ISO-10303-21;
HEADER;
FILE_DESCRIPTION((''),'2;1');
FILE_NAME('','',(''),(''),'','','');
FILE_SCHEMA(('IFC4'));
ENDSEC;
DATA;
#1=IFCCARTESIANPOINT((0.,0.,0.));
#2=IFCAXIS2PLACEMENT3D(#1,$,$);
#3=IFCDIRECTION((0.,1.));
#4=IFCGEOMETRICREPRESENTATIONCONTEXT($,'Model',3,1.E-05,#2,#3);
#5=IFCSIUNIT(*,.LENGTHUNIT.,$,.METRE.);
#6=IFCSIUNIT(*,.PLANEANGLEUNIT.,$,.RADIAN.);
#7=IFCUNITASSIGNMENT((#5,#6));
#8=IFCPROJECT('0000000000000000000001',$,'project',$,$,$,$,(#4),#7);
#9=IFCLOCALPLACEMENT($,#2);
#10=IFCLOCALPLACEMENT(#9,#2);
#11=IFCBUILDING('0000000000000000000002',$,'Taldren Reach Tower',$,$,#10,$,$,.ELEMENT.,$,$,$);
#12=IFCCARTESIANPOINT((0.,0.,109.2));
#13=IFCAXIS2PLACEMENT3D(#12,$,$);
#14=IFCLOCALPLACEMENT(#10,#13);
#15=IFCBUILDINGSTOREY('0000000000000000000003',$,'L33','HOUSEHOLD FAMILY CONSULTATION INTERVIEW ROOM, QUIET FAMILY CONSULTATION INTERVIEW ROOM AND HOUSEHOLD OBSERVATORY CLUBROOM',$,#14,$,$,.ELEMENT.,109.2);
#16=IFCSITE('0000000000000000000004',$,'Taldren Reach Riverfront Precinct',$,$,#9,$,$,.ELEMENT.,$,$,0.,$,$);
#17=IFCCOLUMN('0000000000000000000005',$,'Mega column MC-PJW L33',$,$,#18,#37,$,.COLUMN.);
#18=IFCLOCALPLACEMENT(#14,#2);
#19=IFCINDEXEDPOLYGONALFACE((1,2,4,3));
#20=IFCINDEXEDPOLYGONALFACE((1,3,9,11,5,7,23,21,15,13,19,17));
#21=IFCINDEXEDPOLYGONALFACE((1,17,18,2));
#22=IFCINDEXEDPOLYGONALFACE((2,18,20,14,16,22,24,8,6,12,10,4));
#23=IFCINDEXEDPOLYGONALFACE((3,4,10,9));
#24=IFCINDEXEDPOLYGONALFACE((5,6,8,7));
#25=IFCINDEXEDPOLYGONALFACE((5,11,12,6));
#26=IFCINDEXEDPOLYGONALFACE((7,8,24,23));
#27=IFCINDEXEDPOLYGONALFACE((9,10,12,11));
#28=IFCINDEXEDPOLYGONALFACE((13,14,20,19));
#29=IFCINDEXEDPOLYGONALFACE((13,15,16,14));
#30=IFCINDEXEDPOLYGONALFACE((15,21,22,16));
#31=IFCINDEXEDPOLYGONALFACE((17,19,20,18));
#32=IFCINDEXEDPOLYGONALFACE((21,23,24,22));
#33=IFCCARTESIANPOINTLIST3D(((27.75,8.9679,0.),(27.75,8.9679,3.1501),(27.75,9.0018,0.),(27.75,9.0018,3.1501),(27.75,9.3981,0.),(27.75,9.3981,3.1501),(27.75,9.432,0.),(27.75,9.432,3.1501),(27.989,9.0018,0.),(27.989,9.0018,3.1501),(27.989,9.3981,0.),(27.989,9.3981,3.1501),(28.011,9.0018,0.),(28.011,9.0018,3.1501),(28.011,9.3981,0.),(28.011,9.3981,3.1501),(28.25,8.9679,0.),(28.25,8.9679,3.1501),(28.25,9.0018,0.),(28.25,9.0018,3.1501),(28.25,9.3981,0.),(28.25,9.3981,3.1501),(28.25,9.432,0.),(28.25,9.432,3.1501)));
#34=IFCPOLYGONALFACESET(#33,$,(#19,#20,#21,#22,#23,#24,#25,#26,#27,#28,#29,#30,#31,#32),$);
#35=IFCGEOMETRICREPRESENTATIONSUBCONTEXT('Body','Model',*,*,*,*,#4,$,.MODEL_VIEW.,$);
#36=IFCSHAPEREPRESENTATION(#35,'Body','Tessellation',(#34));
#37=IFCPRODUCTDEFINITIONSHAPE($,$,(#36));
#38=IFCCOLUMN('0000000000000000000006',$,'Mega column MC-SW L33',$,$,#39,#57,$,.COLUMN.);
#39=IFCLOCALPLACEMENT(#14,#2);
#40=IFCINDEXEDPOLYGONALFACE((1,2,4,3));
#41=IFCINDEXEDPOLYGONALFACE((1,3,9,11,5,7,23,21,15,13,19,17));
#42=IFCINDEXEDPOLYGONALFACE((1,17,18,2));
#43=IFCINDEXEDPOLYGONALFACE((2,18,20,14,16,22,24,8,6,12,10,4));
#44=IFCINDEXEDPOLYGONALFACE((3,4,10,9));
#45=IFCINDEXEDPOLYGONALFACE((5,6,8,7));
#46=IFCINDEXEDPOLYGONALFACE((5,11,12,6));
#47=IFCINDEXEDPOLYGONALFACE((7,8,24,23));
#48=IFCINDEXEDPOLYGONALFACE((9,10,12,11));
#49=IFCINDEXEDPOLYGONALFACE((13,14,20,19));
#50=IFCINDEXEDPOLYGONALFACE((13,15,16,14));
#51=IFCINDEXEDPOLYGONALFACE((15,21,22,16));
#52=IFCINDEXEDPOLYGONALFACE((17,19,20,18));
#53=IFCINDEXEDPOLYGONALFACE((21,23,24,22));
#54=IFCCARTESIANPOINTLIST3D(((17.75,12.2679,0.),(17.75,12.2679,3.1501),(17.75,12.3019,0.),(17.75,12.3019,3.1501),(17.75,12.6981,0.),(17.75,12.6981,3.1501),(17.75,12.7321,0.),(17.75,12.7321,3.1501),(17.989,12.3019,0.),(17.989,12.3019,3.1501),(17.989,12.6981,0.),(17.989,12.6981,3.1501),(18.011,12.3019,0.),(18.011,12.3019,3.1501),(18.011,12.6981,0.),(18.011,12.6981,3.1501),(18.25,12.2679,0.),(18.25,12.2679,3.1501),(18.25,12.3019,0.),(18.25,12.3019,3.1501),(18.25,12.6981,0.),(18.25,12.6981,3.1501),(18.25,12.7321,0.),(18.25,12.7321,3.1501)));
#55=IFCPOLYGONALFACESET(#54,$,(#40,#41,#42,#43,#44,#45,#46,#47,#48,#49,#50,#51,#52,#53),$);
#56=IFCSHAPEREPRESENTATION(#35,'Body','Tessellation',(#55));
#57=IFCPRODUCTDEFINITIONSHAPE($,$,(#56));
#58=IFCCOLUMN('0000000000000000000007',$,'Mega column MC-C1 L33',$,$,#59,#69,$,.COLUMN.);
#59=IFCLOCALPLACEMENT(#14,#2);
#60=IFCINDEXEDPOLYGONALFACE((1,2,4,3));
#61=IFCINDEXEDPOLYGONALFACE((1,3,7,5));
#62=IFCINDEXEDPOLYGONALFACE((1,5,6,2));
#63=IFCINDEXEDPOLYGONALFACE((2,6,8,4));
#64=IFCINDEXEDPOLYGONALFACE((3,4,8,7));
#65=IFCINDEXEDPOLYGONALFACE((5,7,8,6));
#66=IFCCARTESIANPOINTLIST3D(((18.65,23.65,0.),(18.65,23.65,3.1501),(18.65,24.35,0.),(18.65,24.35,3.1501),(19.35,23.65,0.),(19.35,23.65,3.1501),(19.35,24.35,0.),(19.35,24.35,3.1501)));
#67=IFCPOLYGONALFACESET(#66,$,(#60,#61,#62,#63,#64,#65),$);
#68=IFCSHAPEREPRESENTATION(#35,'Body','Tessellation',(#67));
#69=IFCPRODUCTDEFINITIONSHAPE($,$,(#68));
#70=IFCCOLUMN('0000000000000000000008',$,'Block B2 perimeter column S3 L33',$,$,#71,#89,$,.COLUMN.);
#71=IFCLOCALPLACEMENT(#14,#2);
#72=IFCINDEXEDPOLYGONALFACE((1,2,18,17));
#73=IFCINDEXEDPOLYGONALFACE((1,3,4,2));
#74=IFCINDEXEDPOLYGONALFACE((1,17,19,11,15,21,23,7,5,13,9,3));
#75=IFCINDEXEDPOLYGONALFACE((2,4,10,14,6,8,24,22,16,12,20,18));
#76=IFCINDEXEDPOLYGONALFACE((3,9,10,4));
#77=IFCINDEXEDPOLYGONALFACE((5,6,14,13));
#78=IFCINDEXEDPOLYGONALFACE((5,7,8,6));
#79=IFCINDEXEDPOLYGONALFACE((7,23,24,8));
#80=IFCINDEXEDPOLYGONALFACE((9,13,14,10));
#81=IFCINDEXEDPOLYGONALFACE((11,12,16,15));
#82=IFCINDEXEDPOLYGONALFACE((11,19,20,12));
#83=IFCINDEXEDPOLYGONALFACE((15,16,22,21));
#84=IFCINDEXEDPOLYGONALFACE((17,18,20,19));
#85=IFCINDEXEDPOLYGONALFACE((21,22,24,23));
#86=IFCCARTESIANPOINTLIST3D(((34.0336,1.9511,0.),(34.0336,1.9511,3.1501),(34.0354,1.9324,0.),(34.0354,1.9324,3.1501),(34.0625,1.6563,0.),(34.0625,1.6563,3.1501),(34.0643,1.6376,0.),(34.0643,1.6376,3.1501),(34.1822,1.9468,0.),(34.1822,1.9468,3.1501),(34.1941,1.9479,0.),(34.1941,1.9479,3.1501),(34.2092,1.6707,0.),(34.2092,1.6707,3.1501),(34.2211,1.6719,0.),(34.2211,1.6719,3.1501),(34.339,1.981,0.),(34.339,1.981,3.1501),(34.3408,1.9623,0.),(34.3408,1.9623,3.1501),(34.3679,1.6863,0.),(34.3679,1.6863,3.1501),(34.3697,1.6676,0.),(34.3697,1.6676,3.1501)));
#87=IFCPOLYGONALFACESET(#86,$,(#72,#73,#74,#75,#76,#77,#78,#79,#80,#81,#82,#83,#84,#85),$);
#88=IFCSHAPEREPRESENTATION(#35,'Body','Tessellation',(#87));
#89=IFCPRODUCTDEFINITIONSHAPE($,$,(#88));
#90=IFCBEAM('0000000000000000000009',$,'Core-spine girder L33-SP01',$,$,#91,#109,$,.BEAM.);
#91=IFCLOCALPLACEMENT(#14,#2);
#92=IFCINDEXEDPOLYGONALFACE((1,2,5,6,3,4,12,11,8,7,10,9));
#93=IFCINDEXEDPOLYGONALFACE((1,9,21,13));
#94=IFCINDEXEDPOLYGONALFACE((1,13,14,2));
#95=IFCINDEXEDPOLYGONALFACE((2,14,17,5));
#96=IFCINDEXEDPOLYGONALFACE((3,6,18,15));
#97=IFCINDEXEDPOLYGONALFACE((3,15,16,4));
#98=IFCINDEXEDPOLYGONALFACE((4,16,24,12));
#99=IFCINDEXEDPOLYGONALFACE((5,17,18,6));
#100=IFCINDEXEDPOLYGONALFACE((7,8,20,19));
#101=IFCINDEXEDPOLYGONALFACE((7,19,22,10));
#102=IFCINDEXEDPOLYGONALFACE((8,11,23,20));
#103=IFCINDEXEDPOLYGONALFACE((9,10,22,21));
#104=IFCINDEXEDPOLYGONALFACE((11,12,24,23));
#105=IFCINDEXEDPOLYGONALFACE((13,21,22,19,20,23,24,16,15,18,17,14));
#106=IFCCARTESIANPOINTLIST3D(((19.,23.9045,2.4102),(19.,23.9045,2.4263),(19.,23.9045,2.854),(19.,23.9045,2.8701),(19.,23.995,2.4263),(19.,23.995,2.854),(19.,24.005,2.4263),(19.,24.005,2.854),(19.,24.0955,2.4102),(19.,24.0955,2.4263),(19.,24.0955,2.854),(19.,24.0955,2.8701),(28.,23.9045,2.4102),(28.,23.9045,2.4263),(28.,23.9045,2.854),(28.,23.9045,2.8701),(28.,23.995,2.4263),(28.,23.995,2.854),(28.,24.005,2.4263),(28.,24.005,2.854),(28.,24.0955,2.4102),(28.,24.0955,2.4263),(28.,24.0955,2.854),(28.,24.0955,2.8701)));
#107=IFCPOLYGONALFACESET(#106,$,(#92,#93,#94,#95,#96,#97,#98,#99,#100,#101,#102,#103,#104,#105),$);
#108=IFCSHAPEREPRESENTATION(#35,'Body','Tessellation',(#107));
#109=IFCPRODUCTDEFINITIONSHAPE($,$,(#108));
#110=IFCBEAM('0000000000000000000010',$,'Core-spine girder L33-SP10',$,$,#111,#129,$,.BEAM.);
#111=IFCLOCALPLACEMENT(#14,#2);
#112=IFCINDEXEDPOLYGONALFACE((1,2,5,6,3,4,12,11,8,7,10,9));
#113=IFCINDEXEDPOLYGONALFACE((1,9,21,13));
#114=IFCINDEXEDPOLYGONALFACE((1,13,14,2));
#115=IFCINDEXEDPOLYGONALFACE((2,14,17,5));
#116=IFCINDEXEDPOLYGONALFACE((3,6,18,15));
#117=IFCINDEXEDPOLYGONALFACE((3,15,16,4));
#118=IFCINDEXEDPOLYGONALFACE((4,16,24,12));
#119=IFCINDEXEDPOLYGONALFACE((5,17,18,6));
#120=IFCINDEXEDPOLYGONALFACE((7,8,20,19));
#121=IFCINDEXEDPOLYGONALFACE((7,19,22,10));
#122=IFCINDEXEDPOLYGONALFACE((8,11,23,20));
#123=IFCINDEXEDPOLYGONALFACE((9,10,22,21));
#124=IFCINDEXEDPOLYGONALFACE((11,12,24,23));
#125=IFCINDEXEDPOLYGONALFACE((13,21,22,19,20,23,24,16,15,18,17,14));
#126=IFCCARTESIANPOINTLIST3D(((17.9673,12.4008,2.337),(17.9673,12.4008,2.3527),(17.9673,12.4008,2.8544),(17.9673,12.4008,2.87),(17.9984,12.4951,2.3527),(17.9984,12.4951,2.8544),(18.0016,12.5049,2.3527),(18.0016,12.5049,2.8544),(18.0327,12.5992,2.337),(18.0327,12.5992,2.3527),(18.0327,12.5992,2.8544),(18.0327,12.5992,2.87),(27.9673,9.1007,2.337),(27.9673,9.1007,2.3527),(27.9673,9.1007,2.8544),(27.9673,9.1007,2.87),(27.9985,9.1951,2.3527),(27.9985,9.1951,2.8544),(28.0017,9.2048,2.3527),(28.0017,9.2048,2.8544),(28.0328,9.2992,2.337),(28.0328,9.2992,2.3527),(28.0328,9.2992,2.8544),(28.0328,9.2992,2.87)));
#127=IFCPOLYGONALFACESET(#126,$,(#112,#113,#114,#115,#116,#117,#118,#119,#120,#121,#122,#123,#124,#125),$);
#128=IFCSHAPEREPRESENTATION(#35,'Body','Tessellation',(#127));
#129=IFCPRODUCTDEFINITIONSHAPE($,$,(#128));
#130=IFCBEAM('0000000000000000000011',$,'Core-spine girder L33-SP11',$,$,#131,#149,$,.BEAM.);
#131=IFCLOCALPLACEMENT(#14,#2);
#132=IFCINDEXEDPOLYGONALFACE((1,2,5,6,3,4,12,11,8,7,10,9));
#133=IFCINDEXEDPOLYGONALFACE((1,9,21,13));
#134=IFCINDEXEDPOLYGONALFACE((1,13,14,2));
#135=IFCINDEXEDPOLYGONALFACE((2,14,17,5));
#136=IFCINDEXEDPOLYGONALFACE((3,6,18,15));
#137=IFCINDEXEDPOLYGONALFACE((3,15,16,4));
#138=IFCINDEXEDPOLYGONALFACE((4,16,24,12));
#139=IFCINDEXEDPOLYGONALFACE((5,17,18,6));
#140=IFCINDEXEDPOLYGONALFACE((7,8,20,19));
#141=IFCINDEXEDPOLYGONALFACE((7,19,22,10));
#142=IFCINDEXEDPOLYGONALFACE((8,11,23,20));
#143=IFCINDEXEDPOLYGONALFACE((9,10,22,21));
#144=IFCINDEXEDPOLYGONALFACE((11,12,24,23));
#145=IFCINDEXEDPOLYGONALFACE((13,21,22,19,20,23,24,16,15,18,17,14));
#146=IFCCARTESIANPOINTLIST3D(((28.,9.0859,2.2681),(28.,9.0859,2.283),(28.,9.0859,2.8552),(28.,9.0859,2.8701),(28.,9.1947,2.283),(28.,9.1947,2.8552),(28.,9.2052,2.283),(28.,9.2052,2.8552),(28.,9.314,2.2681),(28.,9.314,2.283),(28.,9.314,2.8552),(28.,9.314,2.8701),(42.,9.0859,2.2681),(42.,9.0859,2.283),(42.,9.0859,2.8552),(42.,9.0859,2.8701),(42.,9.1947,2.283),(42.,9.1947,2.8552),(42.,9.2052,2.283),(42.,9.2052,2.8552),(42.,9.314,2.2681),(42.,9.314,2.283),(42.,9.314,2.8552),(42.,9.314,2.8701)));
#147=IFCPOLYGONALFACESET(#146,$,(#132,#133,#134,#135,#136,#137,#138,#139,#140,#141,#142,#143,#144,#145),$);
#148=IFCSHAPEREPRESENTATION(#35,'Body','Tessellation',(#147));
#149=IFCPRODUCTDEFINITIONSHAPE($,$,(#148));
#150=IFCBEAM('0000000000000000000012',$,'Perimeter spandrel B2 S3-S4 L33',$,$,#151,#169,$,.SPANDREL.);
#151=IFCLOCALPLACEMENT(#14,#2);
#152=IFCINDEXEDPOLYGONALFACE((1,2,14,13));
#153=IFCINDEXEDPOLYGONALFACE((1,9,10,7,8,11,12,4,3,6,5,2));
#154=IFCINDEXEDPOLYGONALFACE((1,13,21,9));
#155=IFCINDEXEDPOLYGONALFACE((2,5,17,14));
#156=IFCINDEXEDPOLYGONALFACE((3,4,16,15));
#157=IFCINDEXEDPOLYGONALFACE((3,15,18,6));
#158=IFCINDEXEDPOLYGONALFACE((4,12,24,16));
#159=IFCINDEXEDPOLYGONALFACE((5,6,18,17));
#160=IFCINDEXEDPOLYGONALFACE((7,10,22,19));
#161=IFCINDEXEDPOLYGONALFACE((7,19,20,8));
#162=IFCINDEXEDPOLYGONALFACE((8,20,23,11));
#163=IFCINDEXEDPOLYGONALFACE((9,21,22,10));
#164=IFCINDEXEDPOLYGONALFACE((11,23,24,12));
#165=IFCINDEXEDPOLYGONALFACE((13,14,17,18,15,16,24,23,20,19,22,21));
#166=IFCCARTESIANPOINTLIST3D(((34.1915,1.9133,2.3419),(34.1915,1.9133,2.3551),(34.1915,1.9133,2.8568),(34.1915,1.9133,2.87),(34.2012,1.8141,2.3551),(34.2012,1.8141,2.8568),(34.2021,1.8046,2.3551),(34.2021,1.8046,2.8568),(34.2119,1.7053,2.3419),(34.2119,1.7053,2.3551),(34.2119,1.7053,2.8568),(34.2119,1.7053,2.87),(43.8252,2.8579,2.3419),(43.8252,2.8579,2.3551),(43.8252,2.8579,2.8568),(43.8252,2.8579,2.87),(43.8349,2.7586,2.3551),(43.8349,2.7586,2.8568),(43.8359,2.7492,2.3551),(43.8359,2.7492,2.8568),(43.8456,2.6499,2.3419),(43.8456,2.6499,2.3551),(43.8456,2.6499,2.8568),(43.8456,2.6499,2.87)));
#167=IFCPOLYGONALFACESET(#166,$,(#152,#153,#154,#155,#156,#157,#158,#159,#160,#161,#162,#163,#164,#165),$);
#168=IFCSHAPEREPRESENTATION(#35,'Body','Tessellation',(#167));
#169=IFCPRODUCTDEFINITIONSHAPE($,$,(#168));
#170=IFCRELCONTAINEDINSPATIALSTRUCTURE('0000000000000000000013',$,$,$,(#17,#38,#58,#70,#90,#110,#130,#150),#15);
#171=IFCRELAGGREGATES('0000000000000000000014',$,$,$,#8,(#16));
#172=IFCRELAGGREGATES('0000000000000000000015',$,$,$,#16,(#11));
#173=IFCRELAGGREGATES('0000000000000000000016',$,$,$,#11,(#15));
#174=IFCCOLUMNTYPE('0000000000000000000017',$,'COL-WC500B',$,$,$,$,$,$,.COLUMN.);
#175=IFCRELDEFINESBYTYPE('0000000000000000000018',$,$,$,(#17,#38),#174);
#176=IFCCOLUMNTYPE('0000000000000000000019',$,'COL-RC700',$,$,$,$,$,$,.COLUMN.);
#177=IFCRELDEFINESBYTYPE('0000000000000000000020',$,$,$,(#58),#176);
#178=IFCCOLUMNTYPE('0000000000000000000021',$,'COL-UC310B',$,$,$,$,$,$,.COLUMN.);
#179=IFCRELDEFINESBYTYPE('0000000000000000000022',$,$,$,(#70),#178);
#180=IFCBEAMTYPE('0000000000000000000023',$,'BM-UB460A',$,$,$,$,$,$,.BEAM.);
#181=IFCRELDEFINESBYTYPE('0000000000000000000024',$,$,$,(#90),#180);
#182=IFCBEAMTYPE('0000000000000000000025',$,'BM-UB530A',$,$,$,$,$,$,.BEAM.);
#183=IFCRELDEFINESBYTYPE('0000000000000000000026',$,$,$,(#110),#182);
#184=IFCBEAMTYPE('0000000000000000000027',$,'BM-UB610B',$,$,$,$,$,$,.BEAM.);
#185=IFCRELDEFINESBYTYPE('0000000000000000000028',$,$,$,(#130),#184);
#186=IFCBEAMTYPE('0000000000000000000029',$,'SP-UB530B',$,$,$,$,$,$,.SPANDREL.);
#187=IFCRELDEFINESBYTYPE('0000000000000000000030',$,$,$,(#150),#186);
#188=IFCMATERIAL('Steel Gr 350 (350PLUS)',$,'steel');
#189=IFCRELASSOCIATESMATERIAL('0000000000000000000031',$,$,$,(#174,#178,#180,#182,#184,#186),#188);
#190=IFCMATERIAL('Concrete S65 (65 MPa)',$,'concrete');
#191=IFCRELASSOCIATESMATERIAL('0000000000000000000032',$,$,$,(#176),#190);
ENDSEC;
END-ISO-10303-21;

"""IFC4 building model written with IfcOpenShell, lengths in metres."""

from ifc_helpers import new_model, si_unit, direction, frame, origin, origin_2d, place, context, subcontext, project, spatial, rectangle, i_section, extrude, source, transform, mapped, material, material_profile, profile_set, type_object, element, save


model = new_model("IFC4")

# Units and contexts
model_context = context("Model", 3, precision=1e-05, world=origin(), true_north=direction((0.0, 1.0)))
body_context = subcontext(model_context, "Body", "Model", "MODEL_VIEW")
ifc_project = project(units=[si_unit("LENGTHUNIT", "METRE"), si_unit("PLANEANGLEUNIT", "RADIAN")], contexts=[model_context])

# Site, building, storey
site_placement = place(None, origin())
site = spatial("IfcSite", under=ifc_project, at=site_placement, Name="Taldren Reach Riverfront Precinct", CompositionType="ELEMENT", RefElevation=0.0)
building_placement = place(site_placement, origin())
building = spatial("IfcBuilding", under=site, at=building_placement, Name="Taldren Reach Tower", CompositionType="ELEMENT")
storey_placement = place(building_placement, frame((0.0, 0.0, 109.2)))
storey = spatial("IfcBuildingStorey", under=building, at=storey_placement, Name="L33", Description="HOUSEHOLD FAMILY CONSULTATION INTERVIEW ROOM, QUIET FAMILY CONSULTATION INTERVIEW ROOM AND HOUSEHOLD OBSERVATORY CLUBROOM", CompositionType="ELEMENT", Elevation=109.2)

# Columns
ifc_material_1 = material(Name="Steel Gr 350 (350PLUS)", Category="steel")
ifc_material_profile_1 = material_profile(ifc_material_1, i_section(OverallWidth=0.5, OverallDepth=0.4641, WebThickness=0.022, FlangeThickness=0.0339, at=origin_2d()), Name="500WC340")
ifc_profile_set_1 = profile_set([ifc_material_profile_1], Name="Steel Gr 350 (350PLUS)")
column_type_1 = type_object("IfcColumnType", Name="COL-WC500B", PredefinedType="COLUMN", material=ifc_profile_set_1)
shared_shape_1 = source(origin(), body_context, "Body", "SweptSolid", [
    extrude(i_section(OverallWidth=0.5, OverallDepth=0.4641, WebThickness=0.022, FlangeThickness=0.0339, at=origin_2d()), origin(), (0.0, 0.0, 1.0), 3.1501),
])
for number, where, z_axis, x_axis, name in (
    (1, (28.0, 9.2, 0.0), (0.0, 0.0, 1.0), (1.0, 0.0, 0.0), "Mega column MC-PJW L33"),
    (2, (18.0, 12.5, 0.0), (0.0, 0.0, 1.0), (1.0, 0.0, 0.0), "Mega column MC-SW L33"),
):
    element("IfcColumn", number, at=place(storey_placement, frame(where, z_axis=z_axis, x_axis=x_axis)), inside=storey, type_object=column_type_1, Name=name, PredefinedType="COLUMN", context=body_context, shape_type="MappedRepresentation", body=[
        mapped(shared_shape_1, transform((0.0, 0.0, 0.0), scale=1.0)),
    ])
ifc_material_2 = material(Name="Concrete S65 (65 MPa)", Category="concrete")
ifc_material_profile_2 = material_profile(ifc_material_2, rectangle(XDim=0.7, YDim=0.7, at=origin_2d()), Name="RC-700x700")
ifc_profile_set_2 = profile_set([ifc_material_profile_2], Name="Concrete S65 (65 MPa)")
column_type_2 = type_object("IfcColumnType", Name="COL-RC700", PredefinedType="COLUMN", material=ifc_profile_set_2)
shared_shape_2 = source(origin(), body_context, "Body", "SweptSolid", [
    extrude(rectangle(XDim=0.7, YDim=0.7, at=origin_2d()), origin(), (0.0, 0.0, 1.0), 3.1501),
])
column_1_placement = place(storey_placement, frame((19.0, 24.0, 0.0), z_axis=(0.0, 0.0, 1.0), x_axis=(1.0, 0.0, 0.0)))
element("IfcColumn", 3, at=column_1_placement, inside=storey, type_object=column_type_2, Name="Mega column MC-C1 L33", PredefinedType="COLUMN", context=body_context, shape_type="MappedRepresentation", body=[
    mapped(shared_shape_2, transform((0.0, 0.0, 0.0), scale=1.0)),
])
ifc_material_profile_3 = material_profile(ifc_material_1, i_section(OverallWidth=0.3069, OverallDepth=0.3149, WebThickness=0.012, FlangeThickness=0.0188, at=origin_2d()), Name="310UC118")
ifc_profile_set_3 = profile_set([ifc_material_profile_3], Name="Steel Gr 350 (350PLUS)")
column_type_3 = type_object("IfcColumnType", Name="COL-UC310B", PredefinedType="COLUMN", material=ifc_profile_set_3)
shared_shape_3 = source(origin(), body_context, "Body", "SweptSolid", [
    extrude(i_section(OverallWidth=0.3069, OverallDepth=0.3149, WebThickness=0.012, FlangeThickness=0.0188, at=origin_2d()), origin(), (0.0, 0.0, 1.0), 3.1501),
])
column_2_placement = place(storey_placement, frame((34.2017, 1.8093, 0.0), z_axis=(0.0, 0.0, 1.0), x_axis=(0.995227, 0.097583, 0.0)))
element("IfcColumn", 4, at=column_2_placement, inside=storey, type_object=column_type_3, Name="Block B2 perimeter column S3 L33", PredefinedType="COLUMN", context=body_context, shape_type="MappedRepresentation", body=[
    mapped(shared_shape_3, transform((0.0, 0.0, 0.0), scale=1.0)),
])

# Beams
ifc_material_profile_4 = material_profile(ifc_material_1, i_section(OverallWidth=0.1909, OverallDepth=0.46, WebThickness=0.01, FlangeThickness=0.0161, at=origin_2d()), Name="460UB82.1")
ifc_profile_set_4 = profile_set([ifc_material_profile_4], Name="Steel Gr 350 (350PLUS)")
beam_type_1 = type_object("IfcBeamType", Name="BM-UB460A", PredefinedType="BEAM", material=ifc_profile_set_4)
shared_shape_4 = source(origin(), body_context, "Body", "SweptSolid", [
    extrude(i_section(OverallWidth=0.1909, OverallDepth=0.46, WebThickness=0.01, FlangeThickness=0.0161, at=origin_2d()), origin(), (0.0, 0.0, 1.0), 9.0),
])
beam_1_placement = place(storey_placement, frame((19.0, 24.0, 2.6401), z_axis=(1.0, 0.0, 0.0), x_axis=(0.0, 1.0, 0.0)))
element("IfcBeam", 5, at=beam_1_placement, inside=storey, type_object=beam_type_1, Name="Core-spine girder L33-SP01", PredefinedType="BEAM", context=body_context, shape_type="MappedRepresentation", body=[
    mapped(shared_shape_4, transform((0.0, 0.0, 0.0), scale=1.0)),
])
ifc_material_profile_5 = material_profile(ifc_material_1, i_section(OverallWidth=0.209, OverallDepth=0.533, WebThickness=0.0103, FlangeThickness=0.0156, at=origin_2d()), Name="530UB92.4")
ifc_profile_set_5 = profile_set([ifc_material_profile_5], Name="Steel Gr 350 (350PLUS)")
beam_type_2 = type_object("IfcBeamType", Name="BM-UB530A", PredefinedType="BEAM", material=ifc_profile_set_5)
shared_shape_5 = source(origin(), body_context, "Body", "SweptSolid", [
    extrude(i_section(OverallWidth=0.209, OverallDepth=0.533, WebThickness=0.0103, FlangeThickness=0.0156, at=origin_2d()), origin(), (0.0, 0.0, 1.0), 10.5305),
])
beam_2_placement = place(storey_placement, frame((18.0, 12.5, 2.6035), z_axis=(0.949627, -0.313382, 0.0), x_axis=(0.313382, 0.949627, 0.0)))
element("IfcBeam", 6, at=beam_2_placement, inside=storey, type_object=beam_type_2, Name="Core-spine girder L33-SP10", PredefinedType="BEAM", context=body_context, shape_type="MappedRepresentation", body=[
    mapped(shared_shape_5, transform((0.0, 0.0, 0.0), scale=1.0)),
])
ifc_material_profile_6 = material_profile(ifc_material_1, i_section(OverallWidth=0.228, OverallDepth=0.6021, WebThickness=0.0105, FlangeThickness=0.0149, at=origin_2d()), Name="610UB101")
ifc_profile_set_6 = profile_set([ifc_material_profile_6], Name="Steel Gr 350 (350PLUS)")
beam_type_3 = type_object("IfcBeamType", Name="BM-UB610B", PredefinedType="BEAM", material=ifc_profile_set_6)
shared_shape_6 = source(origin(), body_context, "Body", "SweptSolid", [
    extrude(i_section(OverallWidth=0.228, OverallDepth=0.6021, WebThickness=0.0105, FlangeThickness=0.0149, at=origin_2d()), origin(), (0.0, 0.0, 1.0), 14.0),
])
beam_3_placement = place(storey_placement, frame((28.0, 9.2, 2.5691), z_axis=(1.0, 0.0, 0.0), x_axis=(0.0, 1.0, 0.0)))
element("IfcBeam", 7, at=beam_3_placement, inside=storey, type_object=beam_type_3, Name="Core-spine girder L33-SP11", PredefinedType="BEAM", context=body_context, shape_type="MappedRepresentation", body=[
    mapped(shared_shape_6, transform((0.0, 0.0, 0.0), scale=1.0)),
])
ifc_material_profile_7 = material_profile(ifc_material_1, i_section(OverallWidth=0.209, OverallDepth=0.5281, WebThickness=0.0095, FlangeThickness=0.0132, at=origin_2d()), Name="530UB82.0")
ifc_profile_set_7 = profile_set([ifc_material_profile_7], Name="Steel Gr 350 (350PLUS)")
beam_type_4 = type_object("IfcBeamType", Name="SP-UB530B", PredefinedType="SPANDREL", material=ifc_profile_set_7)
shared_shape_7 = source(origin(), body_context, "Body", "SweptSolid", [
    extrude(i_section(OverallWidth=0.209, OverallDepth=0.5281, WebThickness=0.0095, FlangeThickness=0.0132, at=origin_2d()), origin(), (0.0, 0.0, 1.0), 9.6799),
])
beam_4_placement = place(storey_placement, frame((34.2017, 1.8093, 2.606), z_axis=(0.995228, 0.097581, 0.0), x_axis=(-0.097581, 0.995228, 0.0)))
element("IfcBeam", 8, at=beam_4_placement, inside=storey, type_object=beam_type_4, Name="Perimeter spandrel B2 S3-S4 L33", PredefinedType="SPANDREL", context=body_context, shape_type="MappedRepresentation", body=[
    mapped(shared_shape_7, transform((0.0, 0.0, 0.0), scale=1.0)),
])

save(model, "model.ifc")
